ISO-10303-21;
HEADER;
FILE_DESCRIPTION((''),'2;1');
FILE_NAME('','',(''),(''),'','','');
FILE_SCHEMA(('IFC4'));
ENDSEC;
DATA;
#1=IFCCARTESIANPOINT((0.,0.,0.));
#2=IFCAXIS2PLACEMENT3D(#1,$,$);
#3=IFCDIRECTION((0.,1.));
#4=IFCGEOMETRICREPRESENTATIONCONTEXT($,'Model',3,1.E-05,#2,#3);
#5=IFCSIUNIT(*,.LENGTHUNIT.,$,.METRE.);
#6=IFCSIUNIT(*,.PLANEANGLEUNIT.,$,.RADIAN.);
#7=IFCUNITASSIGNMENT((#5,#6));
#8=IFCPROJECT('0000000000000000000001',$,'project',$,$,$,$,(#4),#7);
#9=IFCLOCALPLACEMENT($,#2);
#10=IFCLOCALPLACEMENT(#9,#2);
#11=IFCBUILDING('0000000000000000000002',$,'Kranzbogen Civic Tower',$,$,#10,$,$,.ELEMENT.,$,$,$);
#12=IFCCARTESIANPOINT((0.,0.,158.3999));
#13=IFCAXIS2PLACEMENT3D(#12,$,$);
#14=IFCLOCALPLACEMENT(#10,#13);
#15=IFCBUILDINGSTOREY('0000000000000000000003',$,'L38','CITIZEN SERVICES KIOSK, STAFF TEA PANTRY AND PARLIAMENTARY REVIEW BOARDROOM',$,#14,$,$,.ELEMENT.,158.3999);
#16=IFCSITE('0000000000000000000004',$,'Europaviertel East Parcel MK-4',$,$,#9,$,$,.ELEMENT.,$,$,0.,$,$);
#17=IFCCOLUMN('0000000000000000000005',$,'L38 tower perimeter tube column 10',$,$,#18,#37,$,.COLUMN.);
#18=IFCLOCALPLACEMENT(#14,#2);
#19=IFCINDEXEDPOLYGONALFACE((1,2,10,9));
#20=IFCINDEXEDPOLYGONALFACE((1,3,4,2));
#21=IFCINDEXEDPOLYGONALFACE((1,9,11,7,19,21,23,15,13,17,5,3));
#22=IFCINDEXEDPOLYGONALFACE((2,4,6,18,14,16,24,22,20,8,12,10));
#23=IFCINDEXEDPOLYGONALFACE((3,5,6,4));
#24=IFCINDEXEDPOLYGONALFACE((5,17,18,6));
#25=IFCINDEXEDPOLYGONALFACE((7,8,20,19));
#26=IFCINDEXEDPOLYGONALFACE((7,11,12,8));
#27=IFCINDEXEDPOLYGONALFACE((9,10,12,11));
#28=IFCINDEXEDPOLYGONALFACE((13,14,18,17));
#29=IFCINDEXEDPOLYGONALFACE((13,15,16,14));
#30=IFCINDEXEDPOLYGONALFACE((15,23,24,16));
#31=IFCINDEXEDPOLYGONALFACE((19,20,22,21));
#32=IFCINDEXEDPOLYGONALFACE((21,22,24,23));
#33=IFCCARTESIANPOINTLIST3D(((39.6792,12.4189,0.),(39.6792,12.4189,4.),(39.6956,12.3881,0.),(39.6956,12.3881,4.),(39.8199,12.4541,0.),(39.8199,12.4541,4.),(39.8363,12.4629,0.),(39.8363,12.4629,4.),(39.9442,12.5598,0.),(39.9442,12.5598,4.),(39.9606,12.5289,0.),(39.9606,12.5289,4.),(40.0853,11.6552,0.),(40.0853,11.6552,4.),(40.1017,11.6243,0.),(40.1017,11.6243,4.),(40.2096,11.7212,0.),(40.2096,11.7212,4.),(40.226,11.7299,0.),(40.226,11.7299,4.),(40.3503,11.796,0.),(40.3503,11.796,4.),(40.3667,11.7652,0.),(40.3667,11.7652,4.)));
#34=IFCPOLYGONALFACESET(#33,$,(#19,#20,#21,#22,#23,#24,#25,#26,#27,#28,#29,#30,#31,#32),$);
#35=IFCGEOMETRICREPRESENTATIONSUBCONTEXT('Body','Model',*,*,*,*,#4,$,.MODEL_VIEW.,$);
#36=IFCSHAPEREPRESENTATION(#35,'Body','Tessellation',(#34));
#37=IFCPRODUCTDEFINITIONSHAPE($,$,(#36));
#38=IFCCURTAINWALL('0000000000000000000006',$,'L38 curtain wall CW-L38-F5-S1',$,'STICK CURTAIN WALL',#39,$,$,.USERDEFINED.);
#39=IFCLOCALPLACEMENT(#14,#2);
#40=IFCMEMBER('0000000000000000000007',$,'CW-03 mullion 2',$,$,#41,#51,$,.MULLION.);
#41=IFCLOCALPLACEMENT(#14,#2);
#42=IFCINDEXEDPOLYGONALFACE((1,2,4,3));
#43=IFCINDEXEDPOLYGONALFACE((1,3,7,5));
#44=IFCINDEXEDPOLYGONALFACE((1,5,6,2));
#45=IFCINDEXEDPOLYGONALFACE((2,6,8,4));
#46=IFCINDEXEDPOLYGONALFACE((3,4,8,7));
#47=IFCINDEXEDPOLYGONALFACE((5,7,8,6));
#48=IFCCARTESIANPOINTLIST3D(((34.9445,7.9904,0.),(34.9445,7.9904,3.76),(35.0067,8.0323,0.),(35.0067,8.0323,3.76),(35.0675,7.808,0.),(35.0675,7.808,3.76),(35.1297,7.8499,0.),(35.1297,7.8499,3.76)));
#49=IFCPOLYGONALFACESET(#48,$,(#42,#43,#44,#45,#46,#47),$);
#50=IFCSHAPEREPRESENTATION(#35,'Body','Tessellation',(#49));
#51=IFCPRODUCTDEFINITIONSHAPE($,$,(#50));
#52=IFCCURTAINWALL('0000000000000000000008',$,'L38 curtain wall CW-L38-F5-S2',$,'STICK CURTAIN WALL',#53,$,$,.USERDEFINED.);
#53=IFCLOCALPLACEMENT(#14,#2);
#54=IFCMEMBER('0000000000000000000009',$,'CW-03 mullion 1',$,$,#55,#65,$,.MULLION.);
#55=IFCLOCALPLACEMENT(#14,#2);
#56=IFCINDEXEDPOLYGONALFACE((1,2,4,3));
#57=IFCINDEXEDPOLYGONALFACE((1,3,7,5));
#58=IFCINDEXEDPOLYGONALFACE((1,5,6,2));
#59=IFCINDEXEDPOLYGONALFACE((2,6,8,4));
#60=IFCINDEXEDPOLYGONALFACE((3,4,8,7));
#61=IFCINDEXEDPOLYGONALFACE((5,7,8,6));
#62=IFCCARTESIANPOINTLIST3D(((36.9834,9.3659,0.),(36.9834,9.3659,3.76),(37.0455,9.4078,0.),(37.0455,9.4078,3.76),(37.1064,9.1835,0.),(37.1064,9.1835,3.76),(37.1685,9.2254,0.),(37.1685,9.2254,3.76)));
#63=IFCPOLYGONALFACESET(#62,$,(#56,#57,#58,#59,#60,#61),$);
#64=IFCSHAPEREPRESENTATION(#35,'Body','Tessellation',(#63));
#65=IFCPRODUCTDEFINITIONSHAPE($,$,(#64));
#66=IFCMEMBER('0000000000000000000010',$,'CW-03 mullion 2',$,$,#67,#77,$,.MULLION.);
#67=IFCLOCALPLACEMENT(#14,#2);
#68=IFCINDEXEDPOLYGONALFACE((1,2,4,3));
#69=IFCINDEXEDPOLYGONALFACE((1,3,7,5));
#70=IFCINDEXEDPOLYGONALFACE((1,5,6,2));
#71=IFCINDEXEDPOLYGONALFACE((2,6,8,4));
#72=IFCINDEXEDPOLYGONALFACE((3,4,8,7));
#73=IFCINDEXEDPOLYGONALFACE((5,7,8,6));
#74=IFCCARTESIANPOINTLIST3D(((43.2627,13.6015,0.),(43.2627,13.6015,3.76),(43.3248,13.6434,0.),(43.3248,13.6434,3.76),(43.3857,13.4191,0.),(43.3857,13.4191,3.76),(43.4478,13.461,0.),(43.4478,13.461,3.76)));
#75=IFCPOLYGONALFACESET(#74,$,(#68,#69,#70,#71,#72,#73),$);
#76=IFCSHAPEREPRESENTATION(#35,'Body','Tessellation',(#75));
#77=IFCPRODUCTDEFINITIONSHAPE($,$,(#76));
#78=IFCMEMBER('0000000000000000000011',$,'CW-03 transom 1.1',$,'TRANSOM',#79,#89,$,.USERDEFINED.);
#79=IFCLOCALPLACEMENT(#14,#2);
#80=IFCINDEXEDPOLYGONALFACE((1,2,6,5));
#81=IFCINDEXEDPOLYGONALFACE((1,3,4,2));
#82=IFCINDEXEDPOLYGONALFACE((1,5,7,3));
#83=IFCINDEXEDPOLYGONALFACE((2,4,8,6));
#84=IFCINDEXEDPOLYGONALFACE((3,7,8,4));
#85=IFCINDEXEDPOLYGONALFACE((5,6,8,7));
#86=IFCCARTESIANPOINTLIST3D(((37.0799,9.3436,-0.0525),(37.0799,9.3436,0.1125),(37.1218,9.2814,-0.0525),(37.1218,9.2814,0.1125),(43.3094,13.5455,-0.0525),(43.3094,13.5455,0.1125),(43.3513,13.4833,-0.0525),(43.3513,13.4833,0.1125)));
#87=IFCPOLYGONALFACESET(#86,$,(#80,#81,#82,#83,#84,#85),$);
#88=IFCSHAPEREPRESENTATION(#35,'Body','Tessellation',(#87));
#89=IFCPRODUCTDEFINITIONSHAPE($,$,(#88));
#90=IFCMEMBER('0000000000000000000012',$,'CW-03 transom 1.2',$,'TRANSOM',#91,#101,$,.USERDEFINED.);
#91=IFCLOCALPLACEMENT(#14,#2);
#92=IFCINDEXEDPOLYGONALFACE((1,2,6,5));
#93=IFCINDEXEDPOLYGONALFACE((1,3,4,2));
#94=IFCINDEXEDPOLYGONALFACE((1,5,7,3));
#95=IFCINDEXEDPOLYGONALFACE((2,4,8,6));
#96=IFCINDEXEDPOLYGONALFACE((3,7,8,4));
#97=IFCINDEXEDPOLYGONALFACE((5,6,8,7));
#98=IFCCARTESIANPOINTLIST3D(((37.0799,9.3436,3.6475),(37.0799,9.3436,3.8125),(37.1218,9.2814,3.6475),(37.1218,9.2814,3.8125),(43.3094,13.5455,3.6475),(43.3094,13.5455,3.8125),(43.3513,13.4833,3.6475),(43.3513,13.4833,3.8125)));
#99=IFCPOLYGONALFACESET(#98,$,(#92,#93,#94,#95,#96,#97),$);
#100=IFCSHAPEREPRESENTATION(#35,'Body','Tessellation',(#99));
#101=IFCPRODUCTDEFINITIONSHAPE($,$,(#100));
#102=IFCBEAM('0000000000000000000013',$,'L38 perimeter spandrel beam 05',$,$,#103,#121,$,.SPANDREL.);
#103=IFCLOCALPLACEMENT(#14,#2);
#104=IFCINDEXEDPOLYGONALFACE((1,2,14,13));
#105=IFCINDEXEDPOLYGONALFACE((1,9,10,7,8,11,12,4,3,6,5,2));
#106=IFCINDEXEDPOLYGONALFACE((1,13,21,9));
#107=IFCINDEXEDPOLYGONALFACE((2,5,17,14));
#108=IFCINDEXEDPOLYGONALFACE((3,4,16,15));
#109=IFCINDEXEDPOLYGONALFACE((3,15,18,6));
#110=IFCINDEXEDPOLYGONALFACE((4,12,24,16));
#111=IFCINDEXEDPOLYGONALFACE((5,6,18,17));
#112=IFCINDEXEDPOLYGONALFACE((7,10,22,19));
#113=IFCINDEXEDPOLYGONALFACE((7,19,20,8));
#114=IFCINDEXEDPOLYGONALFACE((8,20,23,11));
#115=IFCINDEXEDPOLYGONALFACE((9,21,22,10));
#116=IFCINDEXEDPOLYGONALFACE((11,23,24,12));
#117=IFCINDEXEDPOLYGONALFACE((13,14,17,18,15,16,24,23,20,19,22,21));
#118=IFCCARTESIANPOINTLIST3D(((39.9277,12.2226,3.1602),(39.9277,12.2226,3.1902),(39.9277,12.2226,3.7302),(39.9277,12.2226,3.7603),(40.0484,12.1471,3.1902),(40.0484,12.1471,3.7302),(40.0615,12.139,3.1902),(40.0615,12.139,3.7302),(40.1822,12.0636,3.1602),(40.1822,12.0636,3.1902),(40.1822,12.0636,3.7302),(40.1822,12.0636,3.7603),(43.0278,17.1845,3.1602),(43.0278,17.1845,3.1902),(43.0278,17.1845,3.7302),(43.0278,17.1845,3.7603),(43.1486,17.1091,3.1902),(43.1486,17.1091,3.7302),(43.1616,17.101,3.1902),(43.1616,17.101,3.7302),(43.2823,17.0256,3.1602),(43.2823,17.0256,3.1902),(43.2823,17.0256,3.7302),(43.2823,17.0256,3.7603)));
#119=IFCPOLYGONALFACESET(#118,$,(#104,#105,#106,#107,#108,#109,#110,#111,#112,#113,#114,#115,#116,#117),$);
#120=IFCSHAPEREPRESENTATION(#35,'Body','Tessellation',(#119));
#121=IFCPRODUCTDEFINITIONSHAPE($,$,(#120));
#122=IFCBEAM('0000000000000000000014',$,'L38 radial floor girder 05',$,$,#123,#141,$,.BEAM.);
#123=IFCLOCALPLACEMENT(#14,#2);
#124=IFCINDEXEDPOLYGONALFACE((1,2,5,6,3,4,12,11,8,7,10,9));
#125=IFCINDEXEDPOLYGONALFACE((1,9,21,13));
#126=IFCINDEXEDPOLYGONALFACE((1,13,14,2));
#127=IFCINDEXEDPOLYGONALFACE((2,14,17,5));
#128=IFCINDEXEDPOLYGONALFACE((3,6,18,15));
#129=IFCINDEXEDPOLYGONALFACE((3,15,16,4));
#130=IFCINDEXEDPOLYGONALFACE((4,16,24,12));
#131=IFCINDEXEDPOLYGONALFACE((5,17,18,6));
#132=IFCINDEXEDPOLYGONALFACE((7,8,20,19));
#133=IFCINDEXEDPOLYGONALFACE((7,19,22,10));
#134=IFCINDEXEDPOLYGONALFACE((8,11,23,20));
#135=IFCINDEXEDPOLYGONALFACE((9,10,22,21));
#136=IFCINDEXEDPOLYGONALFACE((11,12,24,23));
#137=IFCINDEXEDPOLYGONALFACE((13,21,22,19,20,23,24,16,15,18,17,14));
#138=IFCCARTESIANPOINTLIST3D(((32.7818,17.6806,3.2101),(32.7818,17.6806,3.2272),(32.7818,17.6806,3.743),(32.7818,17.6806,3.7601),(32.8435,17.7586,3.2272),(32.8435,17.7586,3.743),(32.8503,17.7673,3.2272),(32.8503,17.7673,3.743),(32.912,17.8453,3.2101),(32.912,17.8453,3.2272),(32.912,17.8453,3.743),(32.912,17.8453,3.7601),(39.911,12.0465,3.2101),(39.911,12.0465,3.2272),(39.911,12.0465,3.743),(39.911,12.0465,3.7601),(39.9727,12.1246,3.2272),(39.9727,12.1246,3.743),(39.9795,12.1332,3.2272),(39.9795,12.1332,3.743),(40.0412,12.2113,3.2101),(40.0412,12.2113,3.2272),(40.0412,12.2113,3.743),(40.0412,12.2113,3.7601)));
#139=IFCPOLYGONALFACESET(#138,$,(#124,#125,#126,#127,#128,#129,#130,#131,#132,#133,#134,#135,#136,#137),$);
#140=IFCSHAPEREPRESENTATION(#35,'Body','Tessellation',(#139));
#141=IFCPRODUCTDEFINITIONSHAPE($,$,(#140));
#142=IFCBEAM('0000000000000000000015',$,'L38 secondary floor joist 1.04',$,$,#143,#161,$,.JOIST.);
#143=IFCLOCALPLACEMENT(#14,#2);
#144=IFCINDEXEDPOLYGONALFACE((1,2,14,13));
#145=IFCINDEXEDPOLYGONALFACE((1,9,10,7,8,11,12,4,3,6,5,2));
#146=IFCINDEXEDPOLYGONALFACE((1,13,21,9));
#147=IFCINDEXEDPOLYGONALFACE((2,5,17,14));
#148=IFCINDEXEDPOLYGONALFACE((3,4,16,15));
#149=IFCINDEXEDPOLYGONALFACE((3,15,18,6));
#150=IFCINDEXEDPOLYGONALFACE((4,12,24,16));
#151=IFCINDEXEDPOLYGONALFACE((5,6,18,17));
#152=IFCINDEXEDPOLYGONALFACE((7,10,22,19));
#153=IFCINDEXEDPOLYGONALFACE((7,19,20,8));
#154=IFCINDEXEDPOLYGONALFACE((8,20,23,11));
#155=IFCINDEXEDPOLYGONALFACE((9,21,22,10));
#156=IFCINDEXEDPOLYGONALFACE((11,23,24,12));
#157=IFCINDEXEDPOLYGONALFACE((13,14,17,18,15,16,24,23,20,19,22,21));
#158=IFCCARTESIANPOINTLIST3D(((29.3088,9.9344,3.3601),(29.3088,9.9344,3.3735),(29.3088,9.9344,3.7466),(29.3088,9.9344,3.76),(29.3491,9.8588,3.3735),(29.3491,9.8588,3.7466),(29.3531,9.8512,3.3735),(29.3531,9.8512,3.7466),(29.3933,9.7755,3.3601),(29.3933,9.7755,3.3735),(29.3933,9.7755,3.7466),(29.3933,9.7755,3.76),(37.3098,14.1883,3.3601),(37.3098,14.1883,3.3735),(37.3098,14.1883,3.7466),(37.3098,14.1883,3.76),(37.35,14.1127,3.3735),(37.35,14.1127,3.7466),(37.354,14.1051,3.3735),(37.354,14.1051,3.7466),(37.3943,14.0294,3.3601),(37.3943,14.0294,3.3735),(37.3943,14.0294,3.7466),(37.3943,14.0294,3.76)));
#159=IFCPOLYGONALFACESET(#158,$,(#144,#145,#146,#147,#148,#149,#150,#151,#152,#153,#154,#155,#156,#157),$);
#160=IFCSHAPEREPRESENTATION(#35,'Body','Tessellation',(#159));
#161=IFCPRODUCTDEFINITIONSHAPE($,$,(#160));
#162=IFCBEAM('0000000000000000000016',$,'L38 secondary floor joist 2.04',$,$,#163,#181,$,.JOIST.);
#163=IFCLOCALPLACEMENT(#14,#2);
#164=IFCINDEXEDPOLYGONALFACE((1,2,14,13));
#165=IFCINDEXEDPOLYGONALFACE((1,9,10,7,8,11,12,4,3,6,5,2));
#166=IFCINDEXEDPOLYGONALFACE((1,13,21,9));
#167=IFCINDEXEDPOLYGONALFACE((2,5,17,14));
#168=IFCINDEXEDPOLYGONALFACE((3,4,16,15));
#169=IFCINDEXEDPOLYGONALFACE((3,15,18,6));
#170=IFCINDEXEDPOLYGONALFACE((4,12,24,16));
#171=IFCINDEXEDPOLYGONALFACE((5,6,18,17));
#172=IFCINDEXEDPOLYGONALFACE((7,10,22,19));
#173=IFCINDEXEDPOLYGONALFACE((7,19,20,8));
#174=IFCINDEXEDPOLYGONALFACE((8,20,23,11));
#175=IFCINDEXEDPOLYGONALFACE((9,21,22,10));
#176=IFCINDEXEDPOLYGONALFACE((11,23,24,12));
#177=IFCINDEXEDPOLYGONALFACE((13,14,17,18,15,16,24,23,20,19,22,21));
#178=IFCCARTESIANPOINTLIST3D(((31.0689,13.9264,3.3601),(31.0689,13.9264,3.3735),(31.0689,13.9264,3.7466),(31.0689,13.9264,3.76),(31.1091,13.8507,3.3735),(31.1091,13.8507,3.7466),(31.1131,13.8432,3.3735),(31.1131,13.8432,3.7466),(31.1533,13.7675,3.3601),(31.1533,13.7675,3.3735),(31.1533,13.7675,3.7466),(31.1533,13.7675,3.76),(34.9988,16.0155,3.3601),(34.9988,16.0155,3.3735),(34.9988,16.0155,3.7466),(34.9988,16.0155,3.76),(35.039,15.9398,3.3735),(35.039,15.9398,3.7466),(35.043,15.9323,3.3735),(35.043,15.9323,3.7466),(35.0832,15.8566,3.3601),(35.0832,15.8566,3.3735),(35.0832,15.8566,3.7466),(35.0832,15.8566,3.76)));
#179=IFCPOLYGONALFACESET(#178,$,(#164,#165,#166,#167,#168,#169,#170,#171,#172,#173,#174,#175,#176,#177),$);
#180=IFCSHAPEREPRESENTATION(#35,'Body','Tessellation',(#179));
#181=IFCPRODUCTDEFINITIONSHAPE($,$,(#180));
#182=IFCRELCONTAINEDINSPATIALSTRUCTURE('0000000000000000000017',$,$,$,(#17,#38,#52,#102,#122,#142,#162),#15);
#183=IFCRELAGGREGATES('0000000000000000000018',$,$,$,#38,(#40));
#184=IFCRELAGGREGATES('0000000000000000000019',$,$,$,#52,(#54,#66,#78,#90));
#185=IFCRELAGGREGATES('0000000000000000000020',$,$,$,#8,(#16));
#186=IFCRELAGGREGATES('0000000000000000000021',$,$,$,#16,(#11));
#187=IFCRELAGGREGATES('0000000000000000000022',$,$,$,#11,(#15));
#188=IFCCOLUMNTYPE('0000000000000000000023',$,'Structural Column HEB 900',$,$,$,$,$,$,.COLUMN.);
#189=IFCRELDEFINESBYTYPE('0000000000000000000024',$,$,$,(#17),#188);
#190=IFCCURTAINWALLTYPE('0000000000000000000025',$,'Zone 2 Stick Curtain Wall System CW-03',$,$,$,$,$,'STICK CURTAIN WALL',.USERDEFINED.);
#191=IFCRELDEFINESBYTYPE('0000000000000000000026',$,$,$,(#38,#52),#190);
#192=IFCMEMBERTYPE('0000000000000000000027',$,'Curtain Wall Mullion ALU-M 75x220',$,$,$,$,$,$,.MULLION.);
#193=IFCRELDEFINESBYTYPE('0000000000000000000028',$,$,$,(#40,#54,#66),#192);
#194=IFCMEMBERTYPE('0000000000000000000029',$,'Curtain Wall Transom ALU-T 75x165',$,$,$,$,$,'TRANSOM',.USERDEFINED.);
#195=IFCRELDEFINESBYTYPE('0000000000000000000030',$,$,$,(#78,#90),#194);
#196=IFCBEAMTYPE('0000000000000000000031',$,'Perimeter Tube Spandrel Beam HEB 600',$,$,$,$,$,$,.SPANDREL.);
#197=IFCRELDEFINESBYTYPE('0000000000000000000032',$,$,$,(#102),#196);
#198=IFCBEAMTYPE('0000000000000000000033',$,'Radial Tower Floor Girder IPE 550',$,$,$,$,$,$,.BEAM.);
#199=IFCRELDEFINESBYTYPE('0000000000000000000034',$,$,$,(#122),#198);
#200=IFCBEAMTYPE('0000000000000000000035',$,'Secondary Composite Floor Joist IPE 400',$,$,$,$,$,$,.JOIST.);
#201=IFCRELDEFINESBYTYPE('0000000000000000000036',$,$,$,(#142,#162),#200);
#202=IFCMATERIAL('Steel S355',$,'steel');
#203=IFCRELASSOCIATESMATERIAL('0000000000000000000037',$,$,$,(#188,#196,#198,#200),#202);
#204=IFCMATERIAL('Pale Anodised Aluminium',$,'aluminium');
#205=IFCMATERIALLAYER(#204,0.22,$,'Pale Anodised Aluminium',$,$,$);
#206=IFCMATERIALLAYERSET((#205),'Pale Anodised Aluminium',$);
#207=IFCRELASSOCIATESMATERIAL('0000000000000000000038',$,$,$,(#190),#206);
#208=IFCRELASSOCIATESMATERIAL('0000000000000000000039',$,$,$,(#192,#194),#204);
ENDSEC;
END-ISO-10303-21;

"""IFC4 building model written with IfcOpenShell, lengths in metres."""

from ifc_helpers import new_model, si_unit, direction, frame, origin, origin_2d, place, context, subcontext, project, spatial, rectangle, i_section, extrude, material, layer, layer_set, material_profile, profile_set, type_object, element, aggregate, save


model = new_model("IFC4")

# Units and contexts
model_context = context("Model", 3, precision=1e-05, world=origin(), true_north=direction((0.0, 1.0)))
body_context = subcontext(model_context, "Body", "Model", "MODEL_VIEW")
ifc_project = project(units=[si_unit("LENGTHUNIT", "METRE"), si_unit("PLANEANGLEUNIT", "RADIAN")], contexts=[model_context])

# Site, building, storey
site_placement = place(None, origin())
site = spatial("IfcSite", under=ifc_project, at=site_placement, Name="Europaviertel East Parcel MK-4", CompositionType="ELEMENT", RefElevation=0.0)
building_placement = place(site_placement, origin())
building = spatial("IfcBuilding", under=site, at=building_placement, Name="Kranzbogen Civic Tower", CompositionType="ELEMENT")
storey_placement = place(building_placement, frame((0.0, 0.0, 158.3999)))
storey = spatial("IfcBuildingStorey", under=building, at=storey_placement, Name="L38", Description="CITIZEN SERVICES KIOSK, STAFF TEA PANTRY AND PARLIAMENTARY REVIEW BOARDROOM", CompositionType="ELEMENT", Elevation=158.3999)

# Column
ifc_material_1 = material(Name="Steel S355", Category="steel")
ifc_material_profile_1 = material_profile(ifc_material_1, i_section(OverallWidth=0.3, OverallDepth=0.8999, WebThickness=0.0186, FlangeThickness=0.0349, at=origin_2d()), Name="HEB 900")
ifc_profile_set_1 = profile_set([ifc_material_profile_1], Name="Steel S355")
column_type = type_object("IfcColumnType", Name="Structural Column HEB 900", PredefinedType="COLUMN", material=ifc_profile_set_1)
column_placement = place(storey_placement, frame((40.0229, 12.092, 0.0), z_axis=(0.0, 0.0, 1.0), x_axis=(0.882948, 0.469472, 0.0)))
element("IfcColumn", 1, at=column_placement, inside=storey, type_object=column_type, Name="L38 tower perimeter tube column 10", PredefinedType="COLUMN", context=body_context, shape_type="SweptSolid", body=[
    extrude(i_section(OverallWidth=0.3, OverallDepth=0.8999, WebThickness=0.0186, FlangeThickness=0.0349, at=origin_2d()), origin(), (0.0, 0.0, 1.0), 4.0),
])

# Curtain wall, member
ifc_material_2 = material(Name="Pale Anodised Aluminium", Category="aluminium")
ifc_layer_1 = layer(ifc_material_2, 0.22, Name="Pale Anodised Aluminium")
ifc_layer_set_1 = layer_set([ifc_layer_1], Name="Pale Anodised Aluminium")
curtain_wall_type = type_object("IfcCurtainWallType", Name="Zone 2 Stick Curtain Wall System CW-03", ElementType="STICK CURTAIN WALL", PredefinedType="USERDEFINED", material=ifc_layer_set_1)
curtain_wall_1_placement = place(storey_placement, origin())
curtain_wall_1 = element("IfcCurtainWall", 2, at=curtain_wall_1_placement, inside=storey, type_object=curtain_wall_type, Name="L38 curtain wall CW-L38-F5-S1", ObjectType="STICK CURTAIN WALL", PredefinedType="USERDEFINED")
ifc_material_profile_2 = material_profile(ifc_material_2, rectangle(XDim=0.075, YDim=0.22, at=origin_2d()), Name="ALU-M 75x220")
ifc_profile_set_2 = profile_set([ifc_material_profile_2], Name="Pale Anodised Aluminium")
member_type_1 = type_object("IfcMemberType", Name="Curtain Wall Mullion ALU-M 75x220", PredefinedType="MULLION", material=ifc_profile_set_2)
member_1_placement = place(storey_placement, frame((35.0371, 7.9202, 0.0), z_axis=(0.0, 0.0, 1.0), x_axis=(0.829035, 0.559196, 0.0)))
member_1 = element("IfcMember", 3, at=member_1_placement, type_object=member_type_1, Name="CW-03 mullion 2", PredefinedType="MULLION", context=body_context, shape_type="SweptSolid", body=[
    extrude(rectangle(XDim=0.075, YDim=0.22, at=origin_2d()), origin(), (0.0, 0.0, 1.0), 3.76),
])

# Curtain wall, members
curtain_wall_2_placement = place(storey_placement, origin())
curtain_wall_2 = element("IfcCurtainWall", 4, at=curtain_wall_2_placement, inside=storey, type_object=curtain_wall_type, Name="L38 curtain wall CW-L38-F5-S2", ObjectType="STICK CURTAIN WALL", PredefinedType="USERDEFINED")
member_2_placement = place(storey_placement, frame((37.0759, 9.2957, 0.0), z_axis=(0.0, 0.0, 1.0), x_axis=(0.829035, 0.559196, 0.0)))
member_2 = element("IfcMember", 5, at=member_2_placement, type_object=member_type_1, Name="CW-03 mullion 1", PredefinedType="MULLION", context=body_context, shape_type="SweptSolid", body=[
    extrude(rectangle(XDim=0.075, YDim=0.22, at=origin_2d()), origin(), (0.0, 0.0, 1.0), 3.76),
])
member_3_placement = place(storey_placement, frame((43.3552, 13.5312, 0.0), z_axis=(0.0, 0.0, 1.0), x_axis=(0.829035, 0.559196, 0.0)))
member_3 = element("IfcMember", 6, at=member_3_placement, type_object=member_type_1, Name="CW-03 mullion 2", PredefinedType="MULLION", context=body_context, shape_type="SweptSolid", body=[
    extrude(rectangle(XDim=0.075, YDim=0.22, at=origin_2d()), origin(), (0.0, 0.0, 1.0), 3.76),
])
ifc_material_profile_3 = material_profile(ifc_material_2, rectangle(XDim=0.075, YDim=0.165, at=origin_2d()), Name="ALU-T 75x165")
ifc_profile_set_3 = profile_set([ifc_material_profile_3], Name="Pale Anodised Aluminium")
member_type_2 = type_object("IfcMemberType", Name="Curtain Wall Transom ALU-T 75x165", ElementType="TRANSOM", PredefinedType="USERDEFINED", material=ifc_profile_set_3)
member_4_placement = place(storey_placement, frame((37.1008, 9.3125, 0.03), z_axis=(0.829034, 0.559198, 0.0), x_axis=(-0.559198, 0.829034, 0.0)))
member_4 = element("IfcMember", 7, at=member_4_placement, type_object=member_type_2, Name="CW-03 transom 1.1", ObjectType="TRANSOM", PredefinedType="USERDEFINED", context=body_context, shape_type="SweptSolid", body=[
    extrude(rectangle(XDim=0.075, YDim=0.165, at=origin_2d()), origin(), (0.0, 0.0, 1.0), 7.5142),
])
member_5_placement = place(storey_placement, frame((37.1008, 9.3125, 3.73), z_axis=(0.829034, 0.559198, 0.0), x_axis=(-0.559198, 0.829034, 0.0)))
member_5 = element("IfcMember", 8, at=member_5_placement, type_object=member_type_2, Name="CW-03 transom 1.2", ObjectType="TRANSOM", PredefinedType="USERDEFINED", context=body_context, shape_type="SweptSolid", body=[
    extrude(rectangle(XDim=0.075, YDim=0.165, at=origin_2d()), origin(), (0.0, 0.0, 1.0), 7.5142),
])

# Beams
ifc_material_profile_4 = material_profile(ifc_material_1, i_section(OverallWidth=0.3, OverallDepth=0.6001, WebThickness=0.0154, FlangeThickness=0.03, at=origin_2d()), Name="HEB 600")
ifc_profile_set_4 = profile_set([ifc_material_profile_4], Name="Steel S355")
beam_type_1 = type_object("IfcBeamType", Name="Perimeter Tube Spandrel Beam HEB 600", PredefinedType="SPANDREL", material=ifc_profile_set_4)
beam_1_placement = place(storey_placement, frame((40.0549, 12.1431, 3.4602), z_axis=(0.529864, 0.848083, 0.0), x_axis=(-0.848083, 0.529864, 0.0)))
element("IfcBeam", 9, at=beam_1_placement, inside=storey, type_object=beam_type_1, Name="L38 perimeter spandrel beam 05", PredefinedType="SPANDREL", context=body_context, shape_type="SweptSolid", body=[
    extrude(i_section(OverallWidth=0.3, OverallDepth=0.6001, WebThickness=0.0154, FlangeThickness=0.03, at=origin_2d()), origin(), (0.0, 0.0, 1.0), 5.8508),
])
ifc_material_profile_5 = material_profile(ifc_material_1, i_section(OverallWidth=0.21, OverallDepth=0.55, WebThickness=0.011, FlangeThickness=0.0171, at=origin_2d()), Name="IPE 550")
ifc_profile_set_5 = profile_set([ifc_material_profile_5], Name="Steel S355")
beam_type_2 = type_object("IfcBeamType", Name="Radial Tower Floor Girder IPE 550", PredefinedType="BEAM", material=ifc_profile_set_5)
beam_2_placement = place(storey_placement, frame((39.9761, 12.1289, 3.4851), z_axis=(-0.784575, 0.620034, 0.0), x_axis=(-0.620034, -0.784575, 0.0)))
element("IfcBeam", 10, at=beam_2_placement, inside=storey, type_object=beam_type_2, Name="L38 radial floor girder 05", PredefinedType="BEAM", context=body_context, shape_type="SweptSolid", body=[
    extrude(i_section(OverallWidth=0.21, OverallDepth=0.55, WebThickness=0.011, FlangeThickness=0.0171, at=origin_2d()), origin(), (0.0, 0.0, 1.0), 9.0867),
])
ifc_material_profile_6 = material_profile(ifc_material_1, i_section(OverallWidth=0.1799, OverallDepth=0.3999, WebThickness=0.0085, FlangeThickness=0.0134, at=origin_2d()), Name="IPE 400")
ifc_profile_set_6 = profile_set([ifc_material_profile_6], Name="Steel S355")
beam_type_3 = type_object("IfcBeamType", Name="Secondary Composite Floor Joist IPE 400", PredefinedType="JOIST", material=ifc_profile_set_6)
beam_3_placement = place(storey_placement, frame((29.3511, 9.855, 3.5601), z_axis=(0.882961, 0.469447, 0.0), x_axis=(-0.469447, 0.882961, 0.0)))
element("IfcBeam", 11, at=beam_3_placement, inside=storey, type_object=beam_type_3, Name="L38 secondary floor joist 1.04", PredefinedType="JOIST", context=body_context, shape_type="SweptSolid", body=[
    extrude(i_section(OverallWidth=0.1799, OverallDepth=0.3999, WebThickness=0.0085, FlangeThickness=0.0134, at=origin_2d()), origin(), (0.0, 0.0, 1.0), 9.0615),
])
beam_4_placement = place(storey_placement, frame((31.1111, 13.8469, 3.5601), z_axis=(0.882991, 0.469389, 0.0), x_axis=(-0.469389, 0.882991, 0.0)))
element("IfcBeam", 12, at=beam_4_placement, inside=storey, type_object=beam_type_3, Name="L38 secondary floor joist 2.04", PredefinedType="JOIST", context=body_context, shape_type="SweptSolid", body=[
    extrude(i_section(OverallWidth=0.1799, OverallDepth=0.3999, WebThickness=0.0085, FlangeThickness=0.0134, at=origin_2d()), origin(), (0.0, 0.0, 1.0), 4.4507),
])

aggregate(curtain_wall_1, [member_1])
aggregate(curtain_wall_2, [member_2, member_3, member_4, member_5])

save(model, "model.ifc")
